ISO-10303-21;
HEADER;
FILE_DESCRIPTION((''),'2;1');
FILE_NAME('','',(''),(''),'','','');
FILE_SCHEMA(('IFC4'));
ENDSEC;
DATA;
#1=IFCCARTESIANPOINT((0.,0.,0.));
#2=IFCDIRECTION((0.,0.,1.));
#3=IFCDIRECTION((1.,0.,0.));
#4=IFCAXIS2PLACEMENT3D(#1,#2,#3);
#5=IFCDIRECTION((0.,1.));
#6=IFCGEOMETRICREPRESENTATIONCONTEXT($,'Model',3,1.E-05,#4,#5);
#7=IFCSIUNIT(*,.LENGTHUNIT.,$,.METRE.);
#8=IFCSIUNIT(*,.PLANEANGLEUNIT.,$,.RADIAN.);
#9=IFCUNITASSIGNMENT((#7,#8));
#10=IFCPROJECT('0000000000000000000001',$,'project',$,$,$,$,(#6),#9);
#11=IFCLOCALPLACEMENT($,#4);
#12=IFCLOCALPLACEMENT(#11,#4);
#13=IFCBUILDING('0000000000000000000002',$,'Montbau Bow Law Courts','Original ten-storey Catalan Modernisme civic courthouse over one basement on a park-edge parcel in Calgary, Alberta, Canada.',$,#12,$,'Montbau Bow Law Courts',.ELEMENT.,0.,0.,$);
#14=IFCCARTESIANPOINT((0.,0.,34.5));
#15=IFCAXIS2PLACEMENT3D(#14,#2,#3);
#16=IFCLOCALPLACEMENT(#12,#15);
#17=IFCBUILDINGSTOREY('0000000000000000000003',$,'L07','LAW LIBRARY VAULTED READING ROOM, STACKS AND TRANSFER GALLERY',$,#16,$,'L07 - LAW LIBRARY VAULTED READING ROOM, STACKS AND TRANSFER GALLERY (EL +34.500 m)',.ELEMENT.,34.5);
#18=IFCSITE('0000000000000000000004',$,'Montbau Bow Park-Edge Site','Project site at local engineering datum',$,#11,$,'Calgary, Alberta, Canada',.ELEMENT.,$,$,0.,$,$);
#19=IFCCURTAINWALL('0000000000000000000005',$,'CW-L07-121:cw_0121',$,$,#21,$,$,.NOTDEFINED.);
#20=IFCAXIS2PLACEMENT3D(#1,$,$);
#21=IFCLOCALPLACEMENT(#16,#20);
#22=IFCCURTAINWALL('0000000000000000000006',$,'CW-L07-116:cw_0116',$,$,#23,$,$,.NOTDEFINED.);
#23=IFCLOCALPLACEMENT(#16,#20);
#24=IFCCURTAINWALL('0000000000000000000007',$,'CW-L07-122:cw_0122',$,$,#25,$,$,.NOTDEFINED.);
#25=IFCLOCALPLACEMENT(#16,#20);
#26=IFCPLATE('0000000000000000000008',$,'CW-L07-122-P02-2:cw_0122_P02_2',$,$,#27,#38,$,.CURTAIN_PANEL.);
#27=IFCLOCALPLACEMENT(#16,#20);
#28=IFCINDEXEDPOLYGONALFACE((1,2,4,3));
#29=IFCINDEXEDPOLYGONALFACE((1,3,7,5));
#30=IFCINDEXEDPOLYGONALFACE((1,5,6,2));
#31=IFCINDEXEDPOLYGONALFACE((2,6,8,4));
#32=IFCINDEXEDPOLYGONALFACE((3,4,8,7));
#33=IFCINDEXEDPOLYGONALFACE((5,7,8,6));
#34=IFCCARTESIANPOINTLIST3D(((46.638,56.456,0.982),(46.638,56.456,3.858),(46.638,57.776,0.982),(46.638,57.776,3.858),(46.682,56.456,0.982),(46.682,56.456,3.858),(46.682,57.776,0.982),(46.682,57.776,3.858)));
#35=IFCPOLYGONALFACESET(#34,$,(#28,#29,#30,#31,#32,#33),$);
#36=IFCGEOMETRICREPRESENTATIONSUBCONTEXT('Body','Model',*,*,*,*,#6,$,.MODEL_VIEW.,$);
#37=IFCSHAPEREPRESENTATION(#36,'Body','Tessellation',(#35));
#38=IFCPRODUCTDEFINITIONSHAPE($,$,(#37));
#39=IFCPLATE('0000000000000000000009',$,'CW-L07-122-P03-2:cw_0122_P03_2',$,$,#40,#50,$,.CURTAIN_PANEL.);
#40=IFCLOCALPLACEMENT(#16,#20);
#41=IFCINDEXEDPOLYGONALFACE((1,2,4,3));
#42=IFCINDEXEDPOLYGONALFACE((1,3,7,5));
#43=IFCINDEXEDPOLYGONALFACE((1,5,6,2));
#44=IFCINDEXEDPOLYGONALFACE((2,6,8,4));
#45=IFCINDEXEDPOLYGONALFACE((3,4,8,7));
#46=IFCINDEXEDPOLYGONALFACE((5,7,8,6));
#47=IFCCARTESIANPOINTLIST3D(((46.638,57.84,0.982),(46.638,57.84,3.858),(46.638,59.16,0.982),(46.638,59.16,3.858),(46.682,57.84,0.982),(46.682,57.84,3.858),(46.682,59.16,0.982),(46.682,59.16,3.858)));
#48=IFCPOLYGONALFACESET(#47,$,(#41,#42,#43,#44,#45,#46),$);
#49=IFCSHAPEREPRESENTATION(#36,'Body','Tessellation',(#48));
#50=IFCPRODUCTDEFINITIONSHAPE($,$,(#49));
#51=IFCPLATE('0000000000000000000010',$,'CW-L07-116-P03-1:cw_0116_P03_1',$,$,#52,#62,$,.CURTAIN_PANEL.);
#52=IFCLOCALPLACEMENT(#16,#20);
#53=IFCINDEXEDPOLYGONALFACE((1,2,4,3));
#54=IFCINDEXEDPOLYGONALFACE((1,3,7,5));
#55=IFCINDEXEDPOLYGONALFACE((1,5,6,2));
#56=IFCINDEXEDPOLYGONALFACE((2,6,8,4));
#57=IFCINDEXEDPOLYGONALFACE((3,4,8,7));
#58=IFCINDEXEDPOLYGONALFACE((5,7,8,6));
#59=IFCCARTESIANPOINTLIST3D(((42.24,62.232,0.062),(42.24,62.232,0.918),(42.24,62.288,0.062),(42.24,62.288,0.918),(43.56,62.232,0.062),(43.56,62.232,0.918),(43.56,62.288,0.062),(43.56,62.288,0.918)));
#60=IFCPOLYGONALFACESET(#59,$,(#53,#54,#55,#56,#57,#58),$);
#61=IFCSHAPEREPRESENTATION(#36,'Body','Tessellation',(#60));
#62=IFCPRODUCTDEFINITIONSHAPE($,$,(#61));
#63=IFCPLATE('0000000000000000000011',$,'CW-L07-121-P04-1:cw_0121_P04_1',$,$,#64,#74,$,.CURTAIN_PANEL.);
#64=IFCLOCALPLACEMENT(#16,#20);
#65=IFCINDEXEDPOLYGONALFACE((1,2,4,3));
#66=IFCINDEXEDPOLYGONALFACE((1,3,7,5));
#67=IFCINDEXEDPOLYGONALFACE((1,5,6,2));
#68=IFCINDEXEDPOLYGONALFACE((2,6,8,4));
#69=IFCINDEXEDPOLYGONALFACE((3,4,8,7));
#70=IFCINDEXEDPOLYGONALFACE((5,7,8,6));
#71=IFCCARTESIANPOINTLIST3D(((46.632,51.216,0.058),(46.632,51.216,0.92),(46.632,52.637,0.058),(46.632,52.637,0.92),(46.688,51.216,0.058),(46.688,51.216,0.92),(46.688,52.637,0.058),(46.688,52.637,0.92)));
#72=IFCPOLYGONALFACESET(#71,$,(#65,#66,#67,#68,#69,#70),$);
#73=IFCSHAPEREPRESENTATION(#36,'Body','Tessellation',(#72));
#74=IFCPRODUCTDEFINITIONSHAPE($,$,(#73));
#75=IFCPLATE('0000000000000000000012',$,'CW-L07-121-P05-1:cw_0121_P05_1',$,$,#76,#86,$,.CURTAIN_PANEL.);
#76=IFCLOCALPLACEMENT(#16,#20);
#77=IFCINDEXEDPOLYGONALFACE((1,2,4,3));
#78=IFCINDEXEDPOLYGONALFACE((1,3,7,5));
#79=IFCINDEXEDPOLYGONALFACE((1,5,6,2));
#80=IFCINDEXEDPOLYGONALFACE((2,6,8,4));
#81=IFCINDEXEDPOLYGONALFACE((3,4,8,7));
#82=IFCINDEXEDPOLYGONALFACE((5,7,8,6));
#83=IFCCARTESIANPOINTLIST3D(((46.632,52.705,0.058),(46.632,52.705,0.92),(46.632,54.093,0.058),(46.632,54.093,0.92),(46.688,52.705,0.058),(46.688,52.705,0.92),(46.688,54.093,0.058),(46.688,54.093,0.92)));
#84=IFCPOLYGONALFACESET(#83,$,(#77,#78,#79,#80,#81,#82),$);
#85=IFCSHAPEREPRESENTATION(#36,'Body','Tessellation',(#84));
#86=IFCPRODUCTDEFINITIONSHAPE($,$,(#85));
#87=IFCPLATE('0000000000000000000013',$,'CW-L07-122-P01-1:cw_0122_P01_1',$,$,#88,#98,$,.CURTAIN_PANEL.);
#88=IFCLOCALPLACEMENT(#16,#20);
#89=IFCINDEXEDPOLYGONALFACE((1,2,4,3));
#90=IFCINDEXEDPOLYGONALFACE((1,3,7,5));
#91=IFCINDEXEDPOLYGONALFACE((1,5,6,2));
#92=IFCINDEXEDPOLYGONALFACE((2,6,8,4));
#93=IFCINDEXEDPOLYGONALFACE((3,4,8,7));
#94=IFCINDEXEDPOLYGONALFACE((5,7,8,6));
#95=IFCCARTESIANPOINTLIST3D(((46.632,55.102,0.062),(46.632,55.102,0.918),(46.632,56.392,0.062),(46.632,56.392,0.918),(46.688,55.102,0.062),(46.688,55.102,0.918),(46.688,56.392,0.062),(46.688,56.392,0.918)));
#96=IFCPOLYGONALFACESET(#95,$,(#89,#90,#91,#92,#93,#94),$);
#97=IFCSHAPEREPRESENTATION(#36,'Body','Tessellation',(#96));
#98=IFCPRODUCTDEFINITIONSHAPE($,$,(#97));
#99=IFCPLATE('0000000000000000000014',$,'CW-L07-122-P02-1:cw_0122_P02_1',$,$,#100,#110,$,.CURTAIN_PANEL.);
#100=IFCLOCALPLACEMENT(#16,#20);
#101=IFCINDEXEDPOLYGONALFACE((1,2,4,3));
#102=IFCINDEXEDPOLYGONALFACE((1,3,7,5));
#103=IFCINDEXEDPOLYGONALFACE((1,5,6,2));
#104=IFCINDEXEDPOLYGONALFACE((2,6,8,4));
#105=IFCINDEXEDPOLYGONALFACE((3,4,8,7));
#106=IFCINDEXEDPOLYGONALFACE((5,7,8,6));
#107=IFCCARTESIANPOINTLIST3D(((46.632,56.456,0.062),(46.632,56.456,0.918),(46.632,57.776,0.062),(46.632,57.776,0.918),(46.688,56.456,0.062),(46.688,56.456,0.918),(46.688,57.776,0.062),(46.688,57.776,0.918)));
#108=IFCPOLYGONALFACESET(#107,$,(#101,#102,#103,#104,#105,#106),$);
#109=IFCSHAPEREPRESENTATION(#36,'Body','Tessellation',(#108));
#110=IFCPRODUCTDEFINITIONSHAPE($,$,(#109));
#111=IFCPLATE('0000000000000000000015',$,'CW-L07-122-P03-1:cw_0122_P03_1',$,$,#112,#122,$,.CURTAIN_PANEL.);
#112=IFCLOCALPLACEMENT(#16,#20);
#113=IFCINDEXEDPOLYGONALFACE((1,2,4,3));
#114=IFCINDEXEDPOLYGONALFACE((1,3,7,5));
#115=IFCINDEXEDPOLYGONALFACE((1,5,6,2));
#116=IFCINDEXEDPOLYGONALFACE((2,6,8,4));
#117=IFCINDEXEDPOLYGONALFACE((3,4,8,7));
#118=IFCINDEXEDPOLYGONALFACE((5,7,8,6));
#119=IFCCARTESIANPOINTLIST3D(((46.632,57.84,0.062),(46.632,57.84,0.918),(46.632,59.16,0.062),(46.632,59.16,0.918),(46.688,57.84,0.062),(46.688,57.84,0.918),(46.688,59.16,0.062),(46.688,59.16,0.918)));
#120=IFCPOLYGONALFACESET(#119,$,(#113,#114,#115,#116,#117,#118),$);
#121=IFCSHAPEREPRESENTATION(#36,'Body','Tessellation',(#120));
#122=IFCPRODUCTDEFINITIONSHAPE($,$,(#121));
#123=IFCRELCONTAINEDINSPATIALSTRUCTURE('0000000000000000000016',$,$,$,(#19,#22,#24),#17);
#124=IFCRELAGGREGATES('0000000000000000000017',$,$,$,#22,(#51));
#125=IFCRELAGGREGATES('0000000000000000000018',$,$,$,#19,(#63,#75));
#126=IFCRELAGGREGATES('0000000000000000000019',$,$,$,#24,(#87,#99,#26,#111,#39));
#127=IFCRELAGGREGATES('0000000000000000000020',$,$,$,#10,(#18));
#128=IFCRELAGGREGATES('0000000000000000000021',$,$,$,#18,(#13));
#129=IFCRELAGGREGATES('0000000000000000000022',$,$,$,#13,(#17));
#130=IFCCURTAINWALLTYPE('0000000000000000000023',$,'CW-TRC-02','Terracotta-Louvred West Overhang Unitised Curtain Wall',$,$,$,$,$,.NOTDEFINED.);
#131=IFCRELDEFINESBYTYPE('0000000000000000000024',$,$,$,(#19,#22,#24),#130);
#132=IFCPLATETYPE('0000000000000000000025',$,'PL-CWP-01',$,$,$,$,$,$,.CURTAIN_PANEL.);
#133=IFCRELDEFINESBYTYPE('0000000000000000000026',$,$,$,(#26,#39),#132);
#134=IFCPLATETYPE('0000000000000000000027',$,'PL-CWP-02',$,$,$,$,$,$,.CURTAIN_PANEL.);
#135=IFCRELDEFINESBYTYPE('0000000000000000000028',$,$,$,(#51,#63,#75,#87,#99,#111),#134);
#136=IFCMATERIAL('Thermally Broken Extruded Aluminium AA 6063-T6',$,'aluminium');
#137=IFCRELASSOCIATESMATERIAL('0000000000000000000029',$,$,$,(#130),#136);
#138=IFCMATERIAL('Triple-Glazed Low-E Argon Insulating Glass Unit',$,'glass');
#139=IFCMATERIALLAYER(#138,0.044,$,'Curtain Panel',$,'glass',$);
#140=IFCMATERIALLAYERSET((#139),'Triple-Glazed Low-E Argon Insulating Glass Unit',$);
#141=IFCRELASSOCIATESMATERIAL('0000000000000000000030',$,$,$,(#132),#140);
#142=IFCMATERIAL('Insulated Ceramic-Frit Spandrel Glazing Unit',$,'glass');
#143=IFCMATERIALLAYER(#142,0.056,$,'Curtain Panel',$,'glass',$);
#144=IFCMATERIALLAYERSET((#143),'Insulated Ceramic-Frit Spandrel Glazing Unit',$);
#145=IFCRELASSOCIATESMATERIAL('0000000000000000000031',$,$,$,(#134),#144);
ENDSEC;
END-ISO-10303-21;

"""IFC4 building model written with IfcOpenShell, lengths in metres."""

from ifc_helpers import new_model, si_unit, direction, frame, frame_2d, origin_with_axes, place, context, subcontext, project, spatial, rectangle, extrude, material, layer, layer_set, type_object, element, aggregate, save


model = new_model("IFC4")

# Units and contexts
model_context = context("Model", 3, precision=1e-05, world=origin_with_axes(), true_north=direction((0.0, 1.0)))
body_context = subcontext(model_context, "Body", "Model", "MODEL_VIEW")
ifc_project = project(units=[si_unit("LENGTHUNIT", "METRE"), si_unit("PLANEANGLEUNIT", "RADIAN")], contexts=[model_context])

# Site, building, storey
site_placement = place(None, origin_with_axes())
site = spatial("IfcSite", under=ifc_project, at=site_placement, Name="Montbau Bow Park-Edge Site", Description="Project site at local engineering datum", LongName="Calgary, Alberta, Canada", CompositionType="ELEMENT", RefElevation=0.0)
building_placement = place(site_placement, origin_with_axes())
building = spatial("IfcBuilding", under=site, at=building_placement, Name="Montbau Bow Law Courts", Description="Original ten-storey Catalan Modernisme civic courthouse over one basement on a park-edge parcel in Calgary, Alberta, Canada.", LongName="Montbau Bow Law Courts", CompositionType="ELEMENT", ElevationOfRefHeight=0.0, ElevationOfTerrain=0.0)
storey_placement = place(building_placement, frame((0.0, 0.0, 34.5), z_axis=(0.0, 0.0, 1.0), x_axis=(1.0, 0.0, 0.0)))
storey = spatial("IfcBuildingStorey", under=building, at=storey_placement, Name="L07", Description="LAW LIBRARY VAULTED READING ROOM, STACKS AND TRANSFER GALLERY", LongName="L07 - LAW LIBRARY VAULTED READING ROOM, STACKS AND TRANSFER GALLERY (EL +34.500 m)", CompositionType="ELEMENT", Elevation=34.5)

# Curtain wall
ifc_material_1 = material(Name="Thermally Broken Extruded Aluminium AA 6063-T6", Category="aluminium")
curtain_wall_type = type_object("IfcCurtainWallType", Name="CW-TRC-02", Description="Terracotta-Louvred West Overhang Unitised Curtain Wall", PredefinedType="NOTDEFINED", material=ifc_material_1)
curtain_wall_1_placement = place(None, frame((46.66, 46.715, 34.5), z_axis=(0.0, 0.0, 1.0), x_axis=(1.0, 0.0, 0.0)))
curtain_wall_1 = element("IfcCurtainWall", 1, at=curtain_wall_1_placement, inside=storey, type_object=curtain_wall_type, Name="CW-L07-121:cw_0121", PredefinedType="NOTDEFINED")

# Curtain wall
curtain_wall_2_placement = place(None, frame((39.44, 62.26, 34.5), z_axis=(0.0, 0.0, 1.0), x_axis=(1.0, 0.0, 0.0)))
curtain_wall_2 = element("IfcCurtainWall", 2, at=curtain_wall_2_placement, inside=storey, type_object=curtain_wall_type, Name="CW-L07-116:cw_0116", PredefinedType="NOTDEFINED")

# Curtain wall
curtain_wall_3_placement = place(None, frame((46.66, 55.04, 34.5), z_axis=(0.0, 0.0, 1.0), x_axis=(1.0, 0.0, 0.0)))
curtain_wall_3 = element("IfcCurtainWall", 3, at=curtain_wall_3_placement, inside=storey, type_object=curtain_wall_type, Name="CW-L07-122:cw_0122", PredefinedType="NOTDEFINED")

# Plates
ifc_material_2 = material(Name="Triple-Glazed Low-E Argon Insulating Glass Unit", Category="glass")
ifc_layer_1 = layer(ifc_material_2, 0.044, Name="Curtain Panel", Category="glass")
ifc_layer_set_1 = layer_set([ifc_layer_1], Name="Triple-Glazed Low-E Argon Insulating Glass Unit")
plate_type_1 = type_object("IfcPlateType", Name="PL-CWP-01", PredefinedType="CURTAIN_PANEL", material=ifc_layer_set_1)
plate_1_placement = place(None, frame((46.66, 56.456, 35.482), z_axis=(1.0, 0.0, 0.0), x_axis=(0.0, 1.0, 0.0)))
plate_1 = element("IfcPlate", 4, at=plate_1_placement, type_object=plate_type_1, Name="CW-L07-122-P02-2:cw_0122_P02_2", PredefinedType="CURTAIN_PANEL", context=body_context, shape_type="SweptSolid", body=[
    extrude(rectangle(XDim=1.32, YDim=2.876, at=frame_2d((0.66, 1.438), x_axis=(1.0, 0.0))), frame((0.0, 0.0, -0.022), z_axis=(0.0, 0.0, 1.0), x_axis=(1.0, 0.0, 0.0)), (0.0, 0.0, 1.0), 0.044),
])
plate_2_placement = place(None, frame((46.66, 57.84, 35.482), z_axis=(1.0, 0.0, 0.0), x_axis=(0.0, 1.0, 0.0)))
plate_2 = element("IfcPlate", 5, at=plate_2_placement, type_object=plate_type_1, Name="CW-L07-122-P03-2:cw_0122_P03_2", PredefinedType="CURTAIN_PANEL", context=body_context, shape_type="SweptSolid", body=[
    extrude(rectangle(XDim=1.32, YDim=2.876, at=frame_2d((0.66, 1.438), x_axis=(1.0, 0.0))), frame((0.0, 0.0, -0.022), z_axis=(0.0, 0.0, 1.0), x_axis=(1.0, 0.0, 0.0)), (0.0, 0.0, 1.0), 0.044),
])
ifc_material_3 = material(Name="Insulated Ceramic-Frit Spandrel Glazing Unit", Category="glass")
ifc_layer_2 = layer(ifc_material_3, 0.056, Name="Curtain Panel", Category="glass")
ifc_layer_set_2 = layer_set([ifc_layer_2], Name="Insulated Ceramic-Frit Spandrel Glazing Unit")
plate_type_2 = type_object("IfcPlateType", Name="PL-CWP-02", PredefinedType="CURTAIN_PANEL", material=ifc_layer_set_2)
plate_3_placement = place(None, frame((42.24, 62.26, 34.562), z_axis=(0.0, -1.0, 0.0), x_axis=(1.0, 0.0, 0.0)))
plate_3 = element("IfcPlate", 6, at=plate_3_placement, type_object=plate_type_2, Name="CW-L07-116-P03-1:cw_0116_P03_1", PredefinedType="CURTAIN_PANEL", context=body_context, shape_type="SweptSolid", body=[
    extrude(rectangle(XDim=1.32, YDim=0.856, at=frame_2d((0.66, 0.428), x_axis=(1.0, 0.0))), frame((0.0, 0.0, -0.028), z_axis=(0.0, 0.0, 1.0), x_axis=(1.0, 0.0, 0.0)), (0.0, 0.0, 1.0), 0.056),
])
aggregate(curtain_wall_2, [plate_3])
plate_4_placement = place(None, frame((46.66, 51.216, 34.558), z_axis=(1.0, 0.0, 0.0), x_axis=(0.0, 1.0, 0.0)))
plate_4 = element("IfcPlate", 7, at=plate_4_placement, type_object=plate_type_2, Name="CW-L07-121-P04-1:cw_0121_P04_1", PredefinedType="CURTAIN_PANEL", context=body_context, shape_type="SweptSolid", body=[
    extrude(rectangle(XDim=1.421, YDim=0.862, at=frame_2d((0.7105, 0.431), x_axis=(1.0, 0.0))), frame((0.0, 0.0, -0.028), z_axis=(0.0, 0.0, 1.0), x_axis=(1.0, 0.0, 0.0)), (0.0, 0.0, 1.0), 0.056),
])
plate_5_placement = place(None, frame((46.66, 52.705, 34.558), z_axis=(1.0, 0.0, 0.0), x_axis=(0.0, 1.0, 0.0)))
plate_5 = element("IfcPlate", 8, at=plate_5_placement, type_object=plate_type_2, Name="CW-L07-121-P05-1:cw_0121_P05_1", PredefinedType="CURTAIN_PANEL", context=body_context, shape_type="SweptSolid", body=[
    extrude(rectangle(XDim=1.388, YDim=0.862, at=frame_2d((0.694, 0.431), x_axis=(1.0, 0.0))), frame((0.0, 0.0, -0.028), z_axis=(0.0, 0.0, 1.0), x_axis=(1.0, 0.0, 0.0)), (0.0, 0.0, 1.0), 0.056),
])
aggregate(curtain_wall_1, [plate_4, plate_5])
plate_6_placement = place(None, frame((46.66, 55.102, 34.562), z_axis=(1.0, 0.0, 0.0), x_axis=(0.0, 1.0, 0.0)))
plate_6 = element("IfcPlate", 9, at=plate_6_placement, type_object=plate_type_2, Name="CW-L07-122-P01-1:cw_0122_P01_1", PredefinedType="CURTAIN_PANEL", context=body_context, shape_type="SweptSolid", body=[
    extrude(rectangle(XDim=1.29, YDim=0.856, at=frame_2d((0.645, 0.428), x_axis=(1.0, 0.0))), frame((0.0, 0.0, -0.028), z_axis=(0.0, 0.0, 1.0), x_axis=(1.0, 0.0, 0.0)), (0.0, 0.0, 1.0), 0.056),
])
plate_7_placement = place(None, frame((46.66, 56.456, 34.562), z_axis=(1.0, 0.0, 0.0), x_axis=(0.0, 1.0, 0.0)))
plate_7 = element("IfcPlate", 10, at=plate_7_placement, type_object=plate_type_2, Name="CW-L07-122-P02-1:cw_0122_P02_1", PredefinedType="CURTAIN_PANEL", context=body_context, shape_type="SweptSolid", body=[
    extrude(rectangle(XDim=1.32, YDim=0.856, at=frame_2d((0.66, 0.428), x_axis=(1.0, 0.0))), frame((0.0, 0.0, -0.028), z_axis=(0.0, 0.0, 1.0), x_axis=(1.0, 0.0, 0.0)), (0.0, 0.0, 1.0), 0.056),
])
plate_8_placement = place(None, frame((46.66, 57.84, 34.562), z_axis=(1.0, 0.0, 0.0), x_axis=(0.0, 1.0, 0.0)))
plate_8 = element("IfcPlate", 11, at=plate_8_placement, type_object=plate_type_2, Name="CW-L07-122-P03-1:cw_0122_P03_1", PredefinedType="CURTAIN_PANEL", context=body_context, shape_type="SweptSolid", body=[
    extrude(rectangle(XDim=1.32, YDim=0.856, at=frame_2d((0.66, 0.428), x_axis=(1.0, 0.0))), frame((0.0, 0.0, -0.028), z_axis=(0.0, 0.0, 1.0), x_axis=(1.0, 0.0, 0.0)), (0.0, 0.0, 1.0), 0.056),
])
aggregate(curtain_wall_3, [plate_6, plate_7, plate_1, plate_8, plate_2])

save(model, "model.ifc")
